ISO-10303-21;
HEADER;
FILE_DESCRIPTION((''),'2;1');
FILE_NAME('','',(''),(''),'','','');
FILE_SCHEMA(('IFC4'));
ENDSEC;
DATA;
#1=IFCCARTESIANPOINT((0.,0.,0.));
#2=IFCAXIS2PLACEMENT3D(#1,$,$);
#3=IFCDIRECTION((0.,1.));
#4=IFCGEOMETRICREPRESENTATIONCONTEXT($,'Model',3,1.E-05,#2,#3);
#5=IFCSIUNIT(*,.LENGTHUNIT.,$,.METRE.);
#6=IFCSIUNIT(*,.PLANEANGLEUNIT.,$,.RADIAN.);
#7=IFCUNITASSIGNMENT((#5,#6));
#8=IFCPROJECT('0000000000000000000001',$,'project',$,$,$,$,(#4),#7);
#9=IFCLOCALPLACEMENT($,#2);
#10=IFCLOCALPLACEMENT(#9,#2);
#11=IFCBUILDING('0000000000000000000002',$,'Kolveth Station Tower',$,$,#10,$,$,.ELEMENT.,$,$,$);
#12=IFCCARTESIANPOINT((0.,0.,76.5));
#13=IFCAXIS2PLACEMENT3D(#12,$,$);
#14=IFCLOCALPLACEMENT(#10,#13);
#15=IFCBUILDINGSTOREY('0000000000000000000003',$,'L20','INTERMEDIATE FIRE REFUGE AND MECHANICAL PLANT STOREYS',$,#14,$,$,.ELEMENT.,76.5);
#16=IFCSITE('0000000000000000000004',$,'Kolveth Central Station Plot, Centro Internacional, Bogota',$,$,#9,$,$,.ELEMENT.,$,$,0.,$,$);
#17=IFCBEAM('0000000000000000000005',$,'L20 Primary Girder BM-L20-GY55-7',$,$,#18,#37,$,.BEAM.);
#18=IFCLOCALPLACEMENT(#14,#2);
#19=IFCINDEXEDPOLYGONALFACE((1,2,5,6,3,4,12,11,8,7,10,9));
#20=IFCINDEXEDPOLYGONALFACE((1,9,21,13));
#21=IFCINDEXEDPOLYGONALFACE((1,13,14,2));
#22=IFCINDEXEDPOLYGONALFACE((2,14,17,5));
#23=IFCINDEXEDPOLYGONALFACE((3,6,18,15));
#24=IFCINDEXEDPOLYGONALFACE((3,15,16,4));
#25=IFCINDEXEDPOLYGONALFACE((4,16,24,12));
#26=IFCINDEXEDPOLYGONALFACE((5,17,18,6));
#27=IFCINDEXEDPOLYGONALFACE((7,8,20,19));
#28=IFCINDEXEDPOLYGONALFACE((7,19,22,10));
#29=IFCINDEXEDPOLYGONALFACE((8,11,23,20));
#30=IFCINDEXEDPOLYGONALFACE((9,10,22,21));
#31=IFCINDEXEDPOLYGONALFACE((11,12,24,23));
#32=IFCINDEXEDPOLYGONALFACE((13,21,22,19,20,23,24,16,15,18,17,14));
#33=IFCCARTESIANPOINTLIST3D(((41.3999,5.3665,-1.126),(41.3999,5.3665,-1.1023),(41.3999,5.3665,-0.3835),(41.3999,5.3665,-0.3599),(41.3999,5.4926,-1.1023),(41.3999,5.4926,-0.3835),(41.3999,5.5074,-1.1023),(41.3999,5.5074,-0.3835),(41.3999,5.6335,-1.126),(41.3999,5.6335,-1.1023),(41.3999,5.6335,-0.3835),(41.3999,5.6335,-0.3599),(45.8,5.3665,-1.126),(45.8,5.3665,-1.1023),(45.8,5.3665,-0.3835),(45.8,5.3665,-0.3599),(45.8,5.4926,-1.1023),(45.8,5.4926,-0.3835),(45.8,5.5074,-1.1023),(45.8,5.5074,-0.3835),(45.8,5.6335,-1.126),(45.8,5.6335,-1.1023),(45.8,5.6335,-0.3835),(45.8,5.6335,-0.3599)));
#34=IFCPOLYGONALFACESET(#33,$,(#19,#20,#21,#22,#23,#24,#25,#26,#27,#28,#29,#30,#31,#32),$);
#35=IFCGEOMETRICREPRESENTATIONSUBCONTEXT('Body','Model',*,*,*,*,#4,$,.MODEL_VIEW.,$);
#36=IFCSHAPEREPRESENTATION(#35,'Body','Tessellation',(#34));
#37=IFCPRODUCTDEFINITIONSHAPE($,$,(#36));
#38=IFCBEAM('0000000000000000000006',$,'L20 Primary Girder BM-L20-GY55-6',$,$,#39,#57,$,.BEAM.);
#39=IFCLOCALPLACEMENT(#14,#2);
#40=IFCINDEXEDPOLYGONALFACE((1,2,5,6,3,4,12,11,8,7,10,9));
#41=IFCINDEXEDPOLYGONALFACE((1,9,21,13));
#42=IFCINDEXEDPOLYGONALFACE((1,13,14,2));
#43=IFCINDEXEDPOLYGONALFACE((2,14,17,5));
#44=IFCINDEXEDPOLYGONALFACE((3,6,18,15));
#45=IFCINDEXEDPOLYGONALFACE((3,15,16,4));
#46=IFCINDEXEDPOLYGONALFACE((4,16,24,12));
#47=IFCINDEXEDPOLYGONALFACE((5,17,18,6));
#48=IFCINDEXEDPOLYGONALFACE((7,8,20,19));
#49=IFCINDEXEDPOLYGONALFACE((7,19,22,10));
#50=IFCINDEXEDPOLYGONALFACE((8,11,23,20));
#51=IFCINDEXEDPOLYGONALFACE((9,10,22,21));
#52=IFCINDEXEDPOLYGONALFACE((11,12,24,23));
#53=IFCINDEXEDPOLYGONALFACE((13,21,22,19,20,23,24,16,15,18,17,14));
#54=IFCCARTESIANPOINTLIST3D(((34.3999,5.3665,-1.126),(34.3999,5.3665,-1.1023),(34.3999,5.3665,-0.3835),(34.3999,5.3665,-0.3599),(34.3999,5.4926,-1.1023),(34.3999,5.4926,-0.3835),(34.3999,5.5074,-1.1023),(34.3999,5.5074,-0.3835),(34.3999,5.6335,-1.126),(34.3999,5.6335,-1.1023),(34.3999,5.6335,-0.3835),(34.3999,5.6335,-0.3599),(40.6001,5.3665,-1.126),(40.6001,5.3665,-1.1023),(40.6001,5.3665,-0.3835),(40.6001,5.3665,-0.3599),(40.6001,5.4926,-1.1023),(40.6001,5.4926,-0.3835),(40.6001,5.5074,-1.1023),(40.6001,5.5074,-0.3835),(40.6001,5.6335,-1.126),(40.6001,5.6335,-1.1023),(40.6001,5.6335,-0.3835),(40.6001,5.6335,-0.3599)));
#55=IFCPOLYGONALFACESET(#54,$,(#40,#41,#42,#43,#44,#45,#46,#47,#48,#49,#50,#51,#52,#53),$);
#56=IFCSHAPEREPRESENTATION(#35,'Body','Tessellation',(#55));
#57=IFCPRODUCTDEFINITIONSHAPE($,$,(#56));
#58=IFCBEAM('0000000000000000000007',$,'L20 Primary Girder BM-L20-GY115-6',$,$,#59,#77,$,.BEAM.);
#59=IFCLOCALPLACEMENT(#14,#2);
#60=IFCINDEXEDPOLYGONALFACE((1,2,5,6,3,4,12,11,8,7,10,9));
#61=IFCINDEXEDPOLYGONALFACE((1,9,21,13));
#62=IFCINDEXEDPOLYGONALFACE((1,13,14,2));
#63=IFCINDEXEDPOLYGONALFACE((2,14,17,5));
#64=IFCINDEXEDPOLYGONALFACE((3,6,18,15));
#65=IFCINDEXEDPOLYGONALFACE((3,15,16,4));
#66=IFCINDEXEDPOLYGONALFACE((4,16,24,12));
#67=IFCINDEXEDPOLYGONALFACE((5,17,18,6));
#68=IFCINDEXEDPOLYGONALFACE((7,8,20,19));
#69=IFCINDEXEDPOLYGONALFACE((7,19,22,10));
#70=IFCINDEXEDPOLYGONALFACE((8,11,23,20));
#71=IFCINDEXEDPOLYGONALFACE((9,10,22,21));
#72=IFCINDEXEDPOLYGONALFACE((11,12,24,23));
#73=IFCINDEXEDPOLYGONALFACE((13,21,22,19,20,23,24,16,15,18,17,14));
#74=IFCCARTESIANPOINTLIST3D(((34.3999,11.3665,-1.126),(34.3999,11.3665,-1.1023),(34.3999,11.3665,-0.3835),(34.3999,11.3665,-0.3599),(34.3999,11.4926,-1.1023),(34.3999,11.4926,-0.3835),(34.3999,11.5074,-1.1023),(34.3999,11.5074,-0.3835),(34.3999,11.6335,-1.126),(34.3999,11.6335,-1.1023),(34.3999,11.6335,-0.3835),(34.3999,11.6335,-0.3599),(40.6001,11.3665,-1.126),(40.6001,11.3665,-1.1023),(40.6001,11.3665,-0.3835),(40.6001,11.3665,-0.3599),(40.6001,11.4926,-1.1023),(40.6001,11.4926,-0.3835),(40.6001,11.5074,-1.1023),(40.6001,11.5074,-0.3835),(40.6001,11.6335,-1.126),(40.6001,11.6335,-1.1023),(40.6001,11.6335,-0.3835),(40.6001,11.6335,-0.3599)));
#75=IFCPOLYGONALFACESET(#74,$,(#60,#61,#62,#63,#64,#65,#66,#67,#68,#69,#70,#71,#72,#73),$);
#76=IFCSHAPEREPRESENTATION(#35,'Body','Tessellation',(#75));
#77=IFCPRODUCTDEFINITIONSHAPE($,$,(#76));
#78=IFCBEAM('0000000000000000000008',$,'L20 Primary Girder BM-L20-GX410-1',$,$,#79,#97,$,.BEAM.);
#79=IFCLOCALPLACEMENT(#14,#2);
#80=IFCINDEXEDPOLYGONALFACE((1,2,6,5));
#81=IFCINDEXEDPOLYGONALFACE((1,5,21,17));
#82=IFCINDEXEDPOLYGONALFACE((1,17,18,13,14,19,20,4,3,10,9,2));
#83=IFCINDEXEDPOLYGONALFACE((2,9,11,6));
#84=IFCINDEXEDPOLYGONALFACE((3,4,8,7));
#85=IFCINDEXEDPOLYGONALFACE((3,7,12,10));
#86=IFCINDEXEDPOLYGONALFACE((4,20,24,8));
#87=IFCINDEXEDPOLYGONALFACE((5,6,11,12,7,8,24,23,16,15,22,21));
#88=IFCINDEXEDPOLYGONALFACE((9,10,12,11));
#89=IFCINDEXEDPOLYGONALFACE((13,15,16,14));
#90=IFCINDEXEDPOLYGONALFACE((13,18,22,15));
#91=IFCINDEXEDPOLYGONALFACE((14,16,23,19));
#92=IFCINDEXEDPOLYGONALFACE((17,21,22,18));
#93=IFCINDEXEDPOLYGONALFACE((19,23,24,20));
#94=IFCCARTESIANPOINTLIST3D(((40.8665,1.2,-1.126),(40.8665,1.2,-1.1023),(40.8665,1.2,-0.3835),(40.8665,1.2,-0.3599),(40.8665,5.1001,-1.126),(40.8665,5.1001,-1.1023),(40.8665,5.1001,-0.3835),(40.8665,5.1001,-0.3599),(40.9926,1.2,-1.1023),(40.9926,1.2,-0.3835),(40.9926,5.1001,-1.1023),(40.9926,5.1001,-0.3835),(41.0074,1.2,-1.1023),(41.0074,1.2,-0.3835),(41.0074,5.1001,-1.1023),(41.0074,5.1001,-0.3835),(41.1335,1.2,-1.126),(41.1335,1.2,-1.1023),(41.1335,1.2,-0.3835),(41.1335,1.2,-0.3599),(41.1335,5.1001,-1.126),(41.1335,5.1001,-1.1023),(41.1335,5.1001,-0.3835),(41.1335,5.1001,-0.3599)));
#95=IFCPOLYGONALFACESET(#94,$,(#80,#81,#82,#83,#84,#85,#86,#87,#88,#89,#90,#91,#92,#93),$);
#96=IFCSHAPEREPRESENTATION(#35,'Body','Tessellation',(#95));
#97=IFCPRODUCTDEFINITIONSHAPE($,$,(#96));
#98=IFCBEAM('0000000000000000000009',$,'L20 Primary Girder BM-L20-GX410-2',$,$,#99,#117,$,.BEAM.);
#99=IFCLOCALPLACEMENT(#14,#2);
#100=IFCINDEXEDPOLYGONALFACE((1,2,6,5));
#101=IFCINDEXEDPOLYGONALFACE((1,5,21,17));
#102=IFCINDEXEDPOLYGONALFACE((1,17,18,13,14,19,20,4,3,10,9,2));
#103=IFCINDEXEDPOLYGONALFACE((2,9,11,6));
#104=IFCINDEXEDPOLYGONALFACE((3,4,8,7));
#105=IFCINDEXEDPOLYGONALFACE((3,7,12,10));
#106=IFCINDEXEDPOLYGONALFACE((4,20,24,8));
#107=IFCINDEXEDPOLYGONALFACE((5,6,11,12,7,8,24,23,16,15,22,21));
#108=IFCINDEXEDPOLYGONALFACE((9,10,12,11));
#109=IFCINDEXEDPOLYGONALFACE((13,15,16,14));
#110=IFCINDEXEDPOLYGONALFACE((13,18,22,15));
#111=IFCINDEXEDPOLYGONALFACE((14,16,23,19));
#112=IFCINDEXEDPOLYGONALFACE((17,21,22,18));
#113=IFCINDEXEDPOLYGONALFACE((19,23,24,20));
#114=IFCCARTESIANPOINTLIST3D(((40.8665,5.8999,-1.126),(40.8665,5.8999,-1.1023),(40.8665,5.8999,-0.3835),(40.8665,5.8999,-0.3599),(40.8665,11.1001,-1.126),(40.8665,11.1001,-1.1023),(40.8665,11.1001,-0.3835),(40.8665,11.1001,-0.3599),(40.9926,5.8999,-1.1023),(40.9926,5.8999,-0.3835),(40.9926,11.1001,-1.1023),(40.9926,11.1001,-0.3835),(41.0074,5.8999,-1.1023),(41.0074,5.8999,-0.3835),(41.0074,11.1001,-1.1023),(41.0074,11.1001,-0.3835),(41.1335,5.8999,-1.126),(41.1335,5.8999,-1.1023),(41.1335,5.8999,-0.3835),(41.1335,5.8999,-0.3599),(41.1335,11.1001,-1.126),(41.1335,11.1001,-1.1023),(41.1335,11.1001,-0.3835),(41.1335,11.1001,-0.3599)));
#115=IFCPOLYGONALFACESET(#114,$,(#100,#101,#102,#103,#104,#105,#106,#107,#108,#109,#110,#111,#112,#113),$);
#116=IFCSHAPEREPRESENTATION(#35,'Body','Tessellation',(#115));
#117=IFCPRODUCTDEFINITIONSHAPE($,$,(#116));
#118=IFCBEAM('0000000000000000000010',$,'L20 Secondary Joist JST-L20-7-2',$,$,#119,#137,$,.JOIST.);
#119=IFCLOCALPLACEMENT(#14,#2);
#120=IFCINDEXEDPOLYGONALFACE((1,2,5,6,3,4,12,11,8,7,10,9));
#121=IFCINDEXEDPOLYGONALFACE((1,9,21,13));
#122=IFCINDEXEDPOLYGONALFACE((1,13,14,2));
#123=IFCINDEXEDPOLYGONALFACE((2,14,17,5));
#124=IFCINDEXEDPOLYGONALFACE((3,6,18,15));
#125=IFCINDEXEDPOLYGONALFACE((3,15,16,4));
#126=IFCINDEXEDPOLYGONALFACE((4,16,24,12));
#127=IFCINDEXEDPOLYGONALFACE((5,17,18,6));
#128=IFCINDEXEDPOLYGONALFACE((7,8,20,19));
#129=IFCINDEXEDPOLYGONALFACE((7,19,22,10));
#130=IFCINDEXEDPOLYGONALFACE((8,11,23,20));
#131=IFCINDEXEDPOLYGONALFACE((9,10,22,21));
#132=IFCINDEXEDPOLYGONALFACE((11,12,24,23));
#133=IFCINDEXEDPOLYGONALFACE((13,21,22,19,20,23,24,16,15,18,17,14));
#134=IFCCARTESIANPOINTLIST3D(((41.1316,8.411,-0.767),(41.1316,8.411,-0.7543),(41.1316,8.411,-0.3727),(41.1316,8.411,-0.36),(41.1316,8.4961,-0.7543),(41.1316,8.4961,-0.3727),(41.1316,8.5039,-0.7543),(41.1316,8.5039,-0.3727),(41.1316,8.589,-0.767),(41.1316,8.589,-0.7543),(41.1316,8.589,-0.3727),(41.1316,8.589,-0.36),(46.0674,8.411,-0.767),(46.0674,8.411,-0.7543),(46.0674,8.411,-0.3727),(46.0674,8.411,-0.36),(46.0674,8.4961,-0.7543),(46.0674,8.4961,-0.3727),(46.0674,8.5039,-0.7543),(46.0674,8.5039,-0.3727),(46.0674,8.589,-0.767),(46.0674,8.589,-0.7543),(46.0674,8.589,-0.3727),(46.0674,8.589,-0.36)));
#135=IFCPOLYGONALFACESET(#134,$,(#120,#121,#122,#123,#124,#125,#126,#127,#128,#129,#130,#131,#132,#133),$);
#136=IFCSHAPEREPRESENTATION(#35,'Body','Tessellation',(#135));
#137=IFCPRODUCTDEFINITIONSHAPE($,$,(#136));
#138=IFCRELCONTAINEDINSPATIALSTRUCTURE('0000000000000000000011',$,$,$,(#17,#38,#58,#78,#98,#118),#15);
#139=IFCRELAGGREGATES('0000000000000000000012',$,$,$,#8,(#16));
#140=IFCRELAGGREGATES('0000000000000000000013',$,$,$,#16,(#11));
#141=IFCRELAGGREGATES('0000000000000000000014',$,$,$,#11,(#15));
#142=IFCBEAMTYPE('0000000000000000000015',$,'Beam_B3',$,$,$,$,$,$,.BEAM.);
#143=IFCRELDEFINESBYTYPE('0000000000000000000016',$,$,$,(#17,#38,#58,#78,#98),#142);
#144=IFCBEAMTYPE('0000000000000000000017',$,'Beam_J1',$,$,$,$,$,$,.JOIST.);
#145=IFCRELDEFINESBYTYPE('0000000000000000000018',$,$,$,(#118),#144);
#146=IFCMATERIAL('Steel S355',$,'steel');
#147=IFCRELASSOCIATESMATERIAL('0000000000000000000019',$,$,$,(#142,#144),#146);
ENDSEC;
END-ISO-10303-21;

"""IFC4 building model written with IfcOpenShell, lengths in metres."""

from ifc_helpers import new_model, si_unit, direction, frame, origin, origin_2d, place, context, subcontext, project, spatial, i_section, extrude, source, transform, mapped, material, material_profile, profile_set, type_object, element, save


model = new_model("IFC4")

# Units and contexts
model_context = context("Model", 3, precision=1e-05, world=origin(), true_north=direction((0.0, 1.0)))
body_context = subcontext(model_context, "Body", "Model", "MODEL_VIEW")
ifc_project = project(units=[si_unit("LENGTHUNIT", "METRE"), si_unit("PLANEANGLEUNIT", "RADIAN")], contexts=[model_context])

# Site, building, storey
site_placement = place(None, origin())
site = spatial("IfcSite", under=ifc_project, at=site_placement, Name="Kolveth Central Station Plot, Centro Internacional, Bogota", CompositionType="ELEMENT", RefElevation=0.0)
building_placement = place(site_placement, origin())
building = spatial("IfcBuilding", under=site, at=building_placement, Name="Kolveth Station Tower", CompositionType="ELEMENT")
storey_placement = place(building_placement, frame((0.0, 0.0, 76.5)))
storey = spatial("IfcBuildingStorey", under=building, at=storey_placement, Name="L20", Description="INTERMEDIATE FIRE REFUGE AND MECHANICAL PLANT STOREYS", CompositionType="ELEMENT", Elevation=76.5)

# Shared definitions
ifc_material_1 = material(Name="Steel S355", Category="steel")

# Beams
ifc_material_profile_1 = material_profile(ifc_material_1, i_section(OverallWidth=0.2671, OverallDepth=0.7661, WebThickness=0.0149, FlangeThickness=0.0237, at=origin_2d()), Name="W760x185")
ifc_profile_set_1 = profile_set([ifc_material_profile_1], Name="Steel S355")
beam_type_1 = type_object("IfcBeamType", Name="Beam_B3", PredefinedType="BEAM", material=ifc_profile_set_1)
shared_shape_1 = source(origin(), body_context, "Body", "SweptSolid", [
    extrude(i_section(OverallWidth=0.2671, OverallDepth=0.7661, WebThickness=0.0149, FlangeThickness=0.0237, at=origin_2d()), origin(), (0.0, 0.0, 1.0), 4.4001),
])
beam_1_placement = place(storey_placement, frame((41.3999, 5.5, -0.7429), z_axis=(1.0, 0.0, 0.0), x_axis=(0.0, 1.0, 0.0)))
element("IfcBeam", 1, at=beam_1_placement, inside=storey, type_object=beam_type_1, Name="L20 Primary Girder BM-L20-GY55-7", PredefinedType="BEAM", context=body_context, shape_type="MappedRepresentation", body=[
    mapped(shared_shape_1, transform((0.0, 0.0, 0.0), x_axis=(1.0, 0.0, 0.0), y_axis=(0.0, 1.0, 0.0), z_axis=(0.0, 0.0, 1.0), scale=1.0)),
])
shared_shape_2 = source(origin(), body_context, "Body", "SweptSolid", [
    extrude(i_section(OverallWidth=0.2671, OverallDepth=0.7661, WebThickness=0.0149, FlangeThickness=0.0237, at=origin_2d()), origin(), (0.0, 0.0, 1.0), 6.2002),
])
for number, where, z_axis, x_axis, name in (
    (2, (34.3999, 5.5, -0.7429), (1.0, 0.0, 0.0), (0.0, 1.0, 0.0), "L20 Primary Girder BM-L20-GY55-6"),
    (3, (34.3999, 11.5, -0.7429), (1.0, 0.0, 0.0), (0.0, 1.0, 0.0), "L20 Primary Girder BM-L20-GY115-6"),
):
    element("IfcBeam", number, at=place(storey_placement, frame(where, z_axis=z_axis, x_axis=x_axis)), inside=storey, type_object=beam_type_1, Name=name, PredefinedType="BEAM", context=body_context, shape_type="MappedRepresentation", body=[
        mapped(shared_shape_2, transform((0.0, 0.0, 0.0), x_axis=(1.0, 0.0, 0.0), y_axis=(0.0, 1.0, 0.0), z_axis=(0.0, 0.0, 1.0), scale=1.0)),
    ])
shared_shape_3 = source(origin(), body_context, "Body", "SweptSolid", [
    extrude(i_section(OverallWidth=0.2671, OverallDepth=0.7661, WebThickness=0.0149, FlangeThickness=0.0237, at=origin_2d()), origin(), (0.0, 0.0, 1.0), 3.9001),
])
beam_2_placement = place(storey_placement, frame((41.0, 1.2, -0.7429), z_axis=(0.0, 1.0, 0.0), x_axis=(-1.0, 0.0, 0.0)))
element("IfcBeam", 4, at=beam_2_placement, inside=storey, type_object=beam_type_1, Name="L20 Primary Girder BM-L20-GX410-1", PredefinedType="BEAM", context=body_context, shape_type="MappedRepresentation", body=[
    mapped(shared_shape_3, transform((0.0, 0.0, 0.0), x_axis=(1.0, 0.0, 0.0), y_axis=(0.0, 1.0, 0.0), z_axis=(0.0, 0.0, 1.0), scale=1.0)),
])
shared_shape_4 = source(origin(), body_context, "Body", "SweptSolid", [
    extrude(i_section(OverallWidth=0.2671, OverallDepth=0.7661, WebThickness=0.0149, FlangeThickness=0.0237, at=origin_2d()), origin(), (0.0, 0.0, 1.0), 5.2002),
])
beam_3_placement = place(storey_placement, frame((41.0, 5.8999, -0.7429), z_axis=(0.0, 1.0, 0.0), x_axis=(-1.0, 0.0, 0.0)))
element("IfcBeam", 5, at=beam_3_placement, inside=storey, type_object=beam_type_1, Name="L20 Primary Girder BM-L20-GX410-2", PredefinedType="BEAM", context=body_context, shape_type="MappedRepresentation", body=[
    mapped(shared_shape_4, transform((0.0, 0.0, 0.0), x_axis=(1.0, 0.0, 0.0), y_axis=(0.0, 1.0, 0.0), z_axis=(0.0, 0.0, 1.0), scale=1.0)),
])
ifc_material_profile_2 = material_profile(ifc_material_1, i_section(OverallWidth=0.178, OverallDepth=0.407, WebThickness=0.0078, FlangeThickness=0.0127, at=origin_2d()), Name="W410x60")
ifc_profile_set_2 = profile_set([ifc_material_profile_2], Name="Steel S355")
beam_type_2 = type_object("IfcBeamType", Name="Beam_J1", PredefinedType="JOIST", material=ifc_profile_set_2)
shared_shape_5 = source(origin(), body_context, "Body", "SweptSolid", [
    extrude(i_section(OverallWidth=0.178, OverallDepth=0.407, WebThickness=0.0078, FlangeThickness=0.0127, at=origin_2d()), origin(), (0.0, 0.0, 1.0), 4.9358),
])
beam_4_placement = place(storey_placement, frame((41.1316, 8.5, -0.5635), z_axis=(1.0, 0.0, 0.0), x_axis=(0.0, 1.0, 0.0)))
element("IfcBeam", 6, at=beam_4_placement, inside=storey, type_object=beam_type_2, Name="L20 Secondary Joist JST-L20-7-2", PredefinedType="JOIST", context=body_context, shape_type="MappedRepresentation", body=[
    mapped(shared_shape_5, transform((0.0, 0.0, 0.0), x_axis=(1.0, 0.0, 0.0), y_axis=(0.0, 1.0, 0.0), z_axis=(0.0, 0.0, 1.0), scale=1.0)),
])

save(model, "model.ifc")
